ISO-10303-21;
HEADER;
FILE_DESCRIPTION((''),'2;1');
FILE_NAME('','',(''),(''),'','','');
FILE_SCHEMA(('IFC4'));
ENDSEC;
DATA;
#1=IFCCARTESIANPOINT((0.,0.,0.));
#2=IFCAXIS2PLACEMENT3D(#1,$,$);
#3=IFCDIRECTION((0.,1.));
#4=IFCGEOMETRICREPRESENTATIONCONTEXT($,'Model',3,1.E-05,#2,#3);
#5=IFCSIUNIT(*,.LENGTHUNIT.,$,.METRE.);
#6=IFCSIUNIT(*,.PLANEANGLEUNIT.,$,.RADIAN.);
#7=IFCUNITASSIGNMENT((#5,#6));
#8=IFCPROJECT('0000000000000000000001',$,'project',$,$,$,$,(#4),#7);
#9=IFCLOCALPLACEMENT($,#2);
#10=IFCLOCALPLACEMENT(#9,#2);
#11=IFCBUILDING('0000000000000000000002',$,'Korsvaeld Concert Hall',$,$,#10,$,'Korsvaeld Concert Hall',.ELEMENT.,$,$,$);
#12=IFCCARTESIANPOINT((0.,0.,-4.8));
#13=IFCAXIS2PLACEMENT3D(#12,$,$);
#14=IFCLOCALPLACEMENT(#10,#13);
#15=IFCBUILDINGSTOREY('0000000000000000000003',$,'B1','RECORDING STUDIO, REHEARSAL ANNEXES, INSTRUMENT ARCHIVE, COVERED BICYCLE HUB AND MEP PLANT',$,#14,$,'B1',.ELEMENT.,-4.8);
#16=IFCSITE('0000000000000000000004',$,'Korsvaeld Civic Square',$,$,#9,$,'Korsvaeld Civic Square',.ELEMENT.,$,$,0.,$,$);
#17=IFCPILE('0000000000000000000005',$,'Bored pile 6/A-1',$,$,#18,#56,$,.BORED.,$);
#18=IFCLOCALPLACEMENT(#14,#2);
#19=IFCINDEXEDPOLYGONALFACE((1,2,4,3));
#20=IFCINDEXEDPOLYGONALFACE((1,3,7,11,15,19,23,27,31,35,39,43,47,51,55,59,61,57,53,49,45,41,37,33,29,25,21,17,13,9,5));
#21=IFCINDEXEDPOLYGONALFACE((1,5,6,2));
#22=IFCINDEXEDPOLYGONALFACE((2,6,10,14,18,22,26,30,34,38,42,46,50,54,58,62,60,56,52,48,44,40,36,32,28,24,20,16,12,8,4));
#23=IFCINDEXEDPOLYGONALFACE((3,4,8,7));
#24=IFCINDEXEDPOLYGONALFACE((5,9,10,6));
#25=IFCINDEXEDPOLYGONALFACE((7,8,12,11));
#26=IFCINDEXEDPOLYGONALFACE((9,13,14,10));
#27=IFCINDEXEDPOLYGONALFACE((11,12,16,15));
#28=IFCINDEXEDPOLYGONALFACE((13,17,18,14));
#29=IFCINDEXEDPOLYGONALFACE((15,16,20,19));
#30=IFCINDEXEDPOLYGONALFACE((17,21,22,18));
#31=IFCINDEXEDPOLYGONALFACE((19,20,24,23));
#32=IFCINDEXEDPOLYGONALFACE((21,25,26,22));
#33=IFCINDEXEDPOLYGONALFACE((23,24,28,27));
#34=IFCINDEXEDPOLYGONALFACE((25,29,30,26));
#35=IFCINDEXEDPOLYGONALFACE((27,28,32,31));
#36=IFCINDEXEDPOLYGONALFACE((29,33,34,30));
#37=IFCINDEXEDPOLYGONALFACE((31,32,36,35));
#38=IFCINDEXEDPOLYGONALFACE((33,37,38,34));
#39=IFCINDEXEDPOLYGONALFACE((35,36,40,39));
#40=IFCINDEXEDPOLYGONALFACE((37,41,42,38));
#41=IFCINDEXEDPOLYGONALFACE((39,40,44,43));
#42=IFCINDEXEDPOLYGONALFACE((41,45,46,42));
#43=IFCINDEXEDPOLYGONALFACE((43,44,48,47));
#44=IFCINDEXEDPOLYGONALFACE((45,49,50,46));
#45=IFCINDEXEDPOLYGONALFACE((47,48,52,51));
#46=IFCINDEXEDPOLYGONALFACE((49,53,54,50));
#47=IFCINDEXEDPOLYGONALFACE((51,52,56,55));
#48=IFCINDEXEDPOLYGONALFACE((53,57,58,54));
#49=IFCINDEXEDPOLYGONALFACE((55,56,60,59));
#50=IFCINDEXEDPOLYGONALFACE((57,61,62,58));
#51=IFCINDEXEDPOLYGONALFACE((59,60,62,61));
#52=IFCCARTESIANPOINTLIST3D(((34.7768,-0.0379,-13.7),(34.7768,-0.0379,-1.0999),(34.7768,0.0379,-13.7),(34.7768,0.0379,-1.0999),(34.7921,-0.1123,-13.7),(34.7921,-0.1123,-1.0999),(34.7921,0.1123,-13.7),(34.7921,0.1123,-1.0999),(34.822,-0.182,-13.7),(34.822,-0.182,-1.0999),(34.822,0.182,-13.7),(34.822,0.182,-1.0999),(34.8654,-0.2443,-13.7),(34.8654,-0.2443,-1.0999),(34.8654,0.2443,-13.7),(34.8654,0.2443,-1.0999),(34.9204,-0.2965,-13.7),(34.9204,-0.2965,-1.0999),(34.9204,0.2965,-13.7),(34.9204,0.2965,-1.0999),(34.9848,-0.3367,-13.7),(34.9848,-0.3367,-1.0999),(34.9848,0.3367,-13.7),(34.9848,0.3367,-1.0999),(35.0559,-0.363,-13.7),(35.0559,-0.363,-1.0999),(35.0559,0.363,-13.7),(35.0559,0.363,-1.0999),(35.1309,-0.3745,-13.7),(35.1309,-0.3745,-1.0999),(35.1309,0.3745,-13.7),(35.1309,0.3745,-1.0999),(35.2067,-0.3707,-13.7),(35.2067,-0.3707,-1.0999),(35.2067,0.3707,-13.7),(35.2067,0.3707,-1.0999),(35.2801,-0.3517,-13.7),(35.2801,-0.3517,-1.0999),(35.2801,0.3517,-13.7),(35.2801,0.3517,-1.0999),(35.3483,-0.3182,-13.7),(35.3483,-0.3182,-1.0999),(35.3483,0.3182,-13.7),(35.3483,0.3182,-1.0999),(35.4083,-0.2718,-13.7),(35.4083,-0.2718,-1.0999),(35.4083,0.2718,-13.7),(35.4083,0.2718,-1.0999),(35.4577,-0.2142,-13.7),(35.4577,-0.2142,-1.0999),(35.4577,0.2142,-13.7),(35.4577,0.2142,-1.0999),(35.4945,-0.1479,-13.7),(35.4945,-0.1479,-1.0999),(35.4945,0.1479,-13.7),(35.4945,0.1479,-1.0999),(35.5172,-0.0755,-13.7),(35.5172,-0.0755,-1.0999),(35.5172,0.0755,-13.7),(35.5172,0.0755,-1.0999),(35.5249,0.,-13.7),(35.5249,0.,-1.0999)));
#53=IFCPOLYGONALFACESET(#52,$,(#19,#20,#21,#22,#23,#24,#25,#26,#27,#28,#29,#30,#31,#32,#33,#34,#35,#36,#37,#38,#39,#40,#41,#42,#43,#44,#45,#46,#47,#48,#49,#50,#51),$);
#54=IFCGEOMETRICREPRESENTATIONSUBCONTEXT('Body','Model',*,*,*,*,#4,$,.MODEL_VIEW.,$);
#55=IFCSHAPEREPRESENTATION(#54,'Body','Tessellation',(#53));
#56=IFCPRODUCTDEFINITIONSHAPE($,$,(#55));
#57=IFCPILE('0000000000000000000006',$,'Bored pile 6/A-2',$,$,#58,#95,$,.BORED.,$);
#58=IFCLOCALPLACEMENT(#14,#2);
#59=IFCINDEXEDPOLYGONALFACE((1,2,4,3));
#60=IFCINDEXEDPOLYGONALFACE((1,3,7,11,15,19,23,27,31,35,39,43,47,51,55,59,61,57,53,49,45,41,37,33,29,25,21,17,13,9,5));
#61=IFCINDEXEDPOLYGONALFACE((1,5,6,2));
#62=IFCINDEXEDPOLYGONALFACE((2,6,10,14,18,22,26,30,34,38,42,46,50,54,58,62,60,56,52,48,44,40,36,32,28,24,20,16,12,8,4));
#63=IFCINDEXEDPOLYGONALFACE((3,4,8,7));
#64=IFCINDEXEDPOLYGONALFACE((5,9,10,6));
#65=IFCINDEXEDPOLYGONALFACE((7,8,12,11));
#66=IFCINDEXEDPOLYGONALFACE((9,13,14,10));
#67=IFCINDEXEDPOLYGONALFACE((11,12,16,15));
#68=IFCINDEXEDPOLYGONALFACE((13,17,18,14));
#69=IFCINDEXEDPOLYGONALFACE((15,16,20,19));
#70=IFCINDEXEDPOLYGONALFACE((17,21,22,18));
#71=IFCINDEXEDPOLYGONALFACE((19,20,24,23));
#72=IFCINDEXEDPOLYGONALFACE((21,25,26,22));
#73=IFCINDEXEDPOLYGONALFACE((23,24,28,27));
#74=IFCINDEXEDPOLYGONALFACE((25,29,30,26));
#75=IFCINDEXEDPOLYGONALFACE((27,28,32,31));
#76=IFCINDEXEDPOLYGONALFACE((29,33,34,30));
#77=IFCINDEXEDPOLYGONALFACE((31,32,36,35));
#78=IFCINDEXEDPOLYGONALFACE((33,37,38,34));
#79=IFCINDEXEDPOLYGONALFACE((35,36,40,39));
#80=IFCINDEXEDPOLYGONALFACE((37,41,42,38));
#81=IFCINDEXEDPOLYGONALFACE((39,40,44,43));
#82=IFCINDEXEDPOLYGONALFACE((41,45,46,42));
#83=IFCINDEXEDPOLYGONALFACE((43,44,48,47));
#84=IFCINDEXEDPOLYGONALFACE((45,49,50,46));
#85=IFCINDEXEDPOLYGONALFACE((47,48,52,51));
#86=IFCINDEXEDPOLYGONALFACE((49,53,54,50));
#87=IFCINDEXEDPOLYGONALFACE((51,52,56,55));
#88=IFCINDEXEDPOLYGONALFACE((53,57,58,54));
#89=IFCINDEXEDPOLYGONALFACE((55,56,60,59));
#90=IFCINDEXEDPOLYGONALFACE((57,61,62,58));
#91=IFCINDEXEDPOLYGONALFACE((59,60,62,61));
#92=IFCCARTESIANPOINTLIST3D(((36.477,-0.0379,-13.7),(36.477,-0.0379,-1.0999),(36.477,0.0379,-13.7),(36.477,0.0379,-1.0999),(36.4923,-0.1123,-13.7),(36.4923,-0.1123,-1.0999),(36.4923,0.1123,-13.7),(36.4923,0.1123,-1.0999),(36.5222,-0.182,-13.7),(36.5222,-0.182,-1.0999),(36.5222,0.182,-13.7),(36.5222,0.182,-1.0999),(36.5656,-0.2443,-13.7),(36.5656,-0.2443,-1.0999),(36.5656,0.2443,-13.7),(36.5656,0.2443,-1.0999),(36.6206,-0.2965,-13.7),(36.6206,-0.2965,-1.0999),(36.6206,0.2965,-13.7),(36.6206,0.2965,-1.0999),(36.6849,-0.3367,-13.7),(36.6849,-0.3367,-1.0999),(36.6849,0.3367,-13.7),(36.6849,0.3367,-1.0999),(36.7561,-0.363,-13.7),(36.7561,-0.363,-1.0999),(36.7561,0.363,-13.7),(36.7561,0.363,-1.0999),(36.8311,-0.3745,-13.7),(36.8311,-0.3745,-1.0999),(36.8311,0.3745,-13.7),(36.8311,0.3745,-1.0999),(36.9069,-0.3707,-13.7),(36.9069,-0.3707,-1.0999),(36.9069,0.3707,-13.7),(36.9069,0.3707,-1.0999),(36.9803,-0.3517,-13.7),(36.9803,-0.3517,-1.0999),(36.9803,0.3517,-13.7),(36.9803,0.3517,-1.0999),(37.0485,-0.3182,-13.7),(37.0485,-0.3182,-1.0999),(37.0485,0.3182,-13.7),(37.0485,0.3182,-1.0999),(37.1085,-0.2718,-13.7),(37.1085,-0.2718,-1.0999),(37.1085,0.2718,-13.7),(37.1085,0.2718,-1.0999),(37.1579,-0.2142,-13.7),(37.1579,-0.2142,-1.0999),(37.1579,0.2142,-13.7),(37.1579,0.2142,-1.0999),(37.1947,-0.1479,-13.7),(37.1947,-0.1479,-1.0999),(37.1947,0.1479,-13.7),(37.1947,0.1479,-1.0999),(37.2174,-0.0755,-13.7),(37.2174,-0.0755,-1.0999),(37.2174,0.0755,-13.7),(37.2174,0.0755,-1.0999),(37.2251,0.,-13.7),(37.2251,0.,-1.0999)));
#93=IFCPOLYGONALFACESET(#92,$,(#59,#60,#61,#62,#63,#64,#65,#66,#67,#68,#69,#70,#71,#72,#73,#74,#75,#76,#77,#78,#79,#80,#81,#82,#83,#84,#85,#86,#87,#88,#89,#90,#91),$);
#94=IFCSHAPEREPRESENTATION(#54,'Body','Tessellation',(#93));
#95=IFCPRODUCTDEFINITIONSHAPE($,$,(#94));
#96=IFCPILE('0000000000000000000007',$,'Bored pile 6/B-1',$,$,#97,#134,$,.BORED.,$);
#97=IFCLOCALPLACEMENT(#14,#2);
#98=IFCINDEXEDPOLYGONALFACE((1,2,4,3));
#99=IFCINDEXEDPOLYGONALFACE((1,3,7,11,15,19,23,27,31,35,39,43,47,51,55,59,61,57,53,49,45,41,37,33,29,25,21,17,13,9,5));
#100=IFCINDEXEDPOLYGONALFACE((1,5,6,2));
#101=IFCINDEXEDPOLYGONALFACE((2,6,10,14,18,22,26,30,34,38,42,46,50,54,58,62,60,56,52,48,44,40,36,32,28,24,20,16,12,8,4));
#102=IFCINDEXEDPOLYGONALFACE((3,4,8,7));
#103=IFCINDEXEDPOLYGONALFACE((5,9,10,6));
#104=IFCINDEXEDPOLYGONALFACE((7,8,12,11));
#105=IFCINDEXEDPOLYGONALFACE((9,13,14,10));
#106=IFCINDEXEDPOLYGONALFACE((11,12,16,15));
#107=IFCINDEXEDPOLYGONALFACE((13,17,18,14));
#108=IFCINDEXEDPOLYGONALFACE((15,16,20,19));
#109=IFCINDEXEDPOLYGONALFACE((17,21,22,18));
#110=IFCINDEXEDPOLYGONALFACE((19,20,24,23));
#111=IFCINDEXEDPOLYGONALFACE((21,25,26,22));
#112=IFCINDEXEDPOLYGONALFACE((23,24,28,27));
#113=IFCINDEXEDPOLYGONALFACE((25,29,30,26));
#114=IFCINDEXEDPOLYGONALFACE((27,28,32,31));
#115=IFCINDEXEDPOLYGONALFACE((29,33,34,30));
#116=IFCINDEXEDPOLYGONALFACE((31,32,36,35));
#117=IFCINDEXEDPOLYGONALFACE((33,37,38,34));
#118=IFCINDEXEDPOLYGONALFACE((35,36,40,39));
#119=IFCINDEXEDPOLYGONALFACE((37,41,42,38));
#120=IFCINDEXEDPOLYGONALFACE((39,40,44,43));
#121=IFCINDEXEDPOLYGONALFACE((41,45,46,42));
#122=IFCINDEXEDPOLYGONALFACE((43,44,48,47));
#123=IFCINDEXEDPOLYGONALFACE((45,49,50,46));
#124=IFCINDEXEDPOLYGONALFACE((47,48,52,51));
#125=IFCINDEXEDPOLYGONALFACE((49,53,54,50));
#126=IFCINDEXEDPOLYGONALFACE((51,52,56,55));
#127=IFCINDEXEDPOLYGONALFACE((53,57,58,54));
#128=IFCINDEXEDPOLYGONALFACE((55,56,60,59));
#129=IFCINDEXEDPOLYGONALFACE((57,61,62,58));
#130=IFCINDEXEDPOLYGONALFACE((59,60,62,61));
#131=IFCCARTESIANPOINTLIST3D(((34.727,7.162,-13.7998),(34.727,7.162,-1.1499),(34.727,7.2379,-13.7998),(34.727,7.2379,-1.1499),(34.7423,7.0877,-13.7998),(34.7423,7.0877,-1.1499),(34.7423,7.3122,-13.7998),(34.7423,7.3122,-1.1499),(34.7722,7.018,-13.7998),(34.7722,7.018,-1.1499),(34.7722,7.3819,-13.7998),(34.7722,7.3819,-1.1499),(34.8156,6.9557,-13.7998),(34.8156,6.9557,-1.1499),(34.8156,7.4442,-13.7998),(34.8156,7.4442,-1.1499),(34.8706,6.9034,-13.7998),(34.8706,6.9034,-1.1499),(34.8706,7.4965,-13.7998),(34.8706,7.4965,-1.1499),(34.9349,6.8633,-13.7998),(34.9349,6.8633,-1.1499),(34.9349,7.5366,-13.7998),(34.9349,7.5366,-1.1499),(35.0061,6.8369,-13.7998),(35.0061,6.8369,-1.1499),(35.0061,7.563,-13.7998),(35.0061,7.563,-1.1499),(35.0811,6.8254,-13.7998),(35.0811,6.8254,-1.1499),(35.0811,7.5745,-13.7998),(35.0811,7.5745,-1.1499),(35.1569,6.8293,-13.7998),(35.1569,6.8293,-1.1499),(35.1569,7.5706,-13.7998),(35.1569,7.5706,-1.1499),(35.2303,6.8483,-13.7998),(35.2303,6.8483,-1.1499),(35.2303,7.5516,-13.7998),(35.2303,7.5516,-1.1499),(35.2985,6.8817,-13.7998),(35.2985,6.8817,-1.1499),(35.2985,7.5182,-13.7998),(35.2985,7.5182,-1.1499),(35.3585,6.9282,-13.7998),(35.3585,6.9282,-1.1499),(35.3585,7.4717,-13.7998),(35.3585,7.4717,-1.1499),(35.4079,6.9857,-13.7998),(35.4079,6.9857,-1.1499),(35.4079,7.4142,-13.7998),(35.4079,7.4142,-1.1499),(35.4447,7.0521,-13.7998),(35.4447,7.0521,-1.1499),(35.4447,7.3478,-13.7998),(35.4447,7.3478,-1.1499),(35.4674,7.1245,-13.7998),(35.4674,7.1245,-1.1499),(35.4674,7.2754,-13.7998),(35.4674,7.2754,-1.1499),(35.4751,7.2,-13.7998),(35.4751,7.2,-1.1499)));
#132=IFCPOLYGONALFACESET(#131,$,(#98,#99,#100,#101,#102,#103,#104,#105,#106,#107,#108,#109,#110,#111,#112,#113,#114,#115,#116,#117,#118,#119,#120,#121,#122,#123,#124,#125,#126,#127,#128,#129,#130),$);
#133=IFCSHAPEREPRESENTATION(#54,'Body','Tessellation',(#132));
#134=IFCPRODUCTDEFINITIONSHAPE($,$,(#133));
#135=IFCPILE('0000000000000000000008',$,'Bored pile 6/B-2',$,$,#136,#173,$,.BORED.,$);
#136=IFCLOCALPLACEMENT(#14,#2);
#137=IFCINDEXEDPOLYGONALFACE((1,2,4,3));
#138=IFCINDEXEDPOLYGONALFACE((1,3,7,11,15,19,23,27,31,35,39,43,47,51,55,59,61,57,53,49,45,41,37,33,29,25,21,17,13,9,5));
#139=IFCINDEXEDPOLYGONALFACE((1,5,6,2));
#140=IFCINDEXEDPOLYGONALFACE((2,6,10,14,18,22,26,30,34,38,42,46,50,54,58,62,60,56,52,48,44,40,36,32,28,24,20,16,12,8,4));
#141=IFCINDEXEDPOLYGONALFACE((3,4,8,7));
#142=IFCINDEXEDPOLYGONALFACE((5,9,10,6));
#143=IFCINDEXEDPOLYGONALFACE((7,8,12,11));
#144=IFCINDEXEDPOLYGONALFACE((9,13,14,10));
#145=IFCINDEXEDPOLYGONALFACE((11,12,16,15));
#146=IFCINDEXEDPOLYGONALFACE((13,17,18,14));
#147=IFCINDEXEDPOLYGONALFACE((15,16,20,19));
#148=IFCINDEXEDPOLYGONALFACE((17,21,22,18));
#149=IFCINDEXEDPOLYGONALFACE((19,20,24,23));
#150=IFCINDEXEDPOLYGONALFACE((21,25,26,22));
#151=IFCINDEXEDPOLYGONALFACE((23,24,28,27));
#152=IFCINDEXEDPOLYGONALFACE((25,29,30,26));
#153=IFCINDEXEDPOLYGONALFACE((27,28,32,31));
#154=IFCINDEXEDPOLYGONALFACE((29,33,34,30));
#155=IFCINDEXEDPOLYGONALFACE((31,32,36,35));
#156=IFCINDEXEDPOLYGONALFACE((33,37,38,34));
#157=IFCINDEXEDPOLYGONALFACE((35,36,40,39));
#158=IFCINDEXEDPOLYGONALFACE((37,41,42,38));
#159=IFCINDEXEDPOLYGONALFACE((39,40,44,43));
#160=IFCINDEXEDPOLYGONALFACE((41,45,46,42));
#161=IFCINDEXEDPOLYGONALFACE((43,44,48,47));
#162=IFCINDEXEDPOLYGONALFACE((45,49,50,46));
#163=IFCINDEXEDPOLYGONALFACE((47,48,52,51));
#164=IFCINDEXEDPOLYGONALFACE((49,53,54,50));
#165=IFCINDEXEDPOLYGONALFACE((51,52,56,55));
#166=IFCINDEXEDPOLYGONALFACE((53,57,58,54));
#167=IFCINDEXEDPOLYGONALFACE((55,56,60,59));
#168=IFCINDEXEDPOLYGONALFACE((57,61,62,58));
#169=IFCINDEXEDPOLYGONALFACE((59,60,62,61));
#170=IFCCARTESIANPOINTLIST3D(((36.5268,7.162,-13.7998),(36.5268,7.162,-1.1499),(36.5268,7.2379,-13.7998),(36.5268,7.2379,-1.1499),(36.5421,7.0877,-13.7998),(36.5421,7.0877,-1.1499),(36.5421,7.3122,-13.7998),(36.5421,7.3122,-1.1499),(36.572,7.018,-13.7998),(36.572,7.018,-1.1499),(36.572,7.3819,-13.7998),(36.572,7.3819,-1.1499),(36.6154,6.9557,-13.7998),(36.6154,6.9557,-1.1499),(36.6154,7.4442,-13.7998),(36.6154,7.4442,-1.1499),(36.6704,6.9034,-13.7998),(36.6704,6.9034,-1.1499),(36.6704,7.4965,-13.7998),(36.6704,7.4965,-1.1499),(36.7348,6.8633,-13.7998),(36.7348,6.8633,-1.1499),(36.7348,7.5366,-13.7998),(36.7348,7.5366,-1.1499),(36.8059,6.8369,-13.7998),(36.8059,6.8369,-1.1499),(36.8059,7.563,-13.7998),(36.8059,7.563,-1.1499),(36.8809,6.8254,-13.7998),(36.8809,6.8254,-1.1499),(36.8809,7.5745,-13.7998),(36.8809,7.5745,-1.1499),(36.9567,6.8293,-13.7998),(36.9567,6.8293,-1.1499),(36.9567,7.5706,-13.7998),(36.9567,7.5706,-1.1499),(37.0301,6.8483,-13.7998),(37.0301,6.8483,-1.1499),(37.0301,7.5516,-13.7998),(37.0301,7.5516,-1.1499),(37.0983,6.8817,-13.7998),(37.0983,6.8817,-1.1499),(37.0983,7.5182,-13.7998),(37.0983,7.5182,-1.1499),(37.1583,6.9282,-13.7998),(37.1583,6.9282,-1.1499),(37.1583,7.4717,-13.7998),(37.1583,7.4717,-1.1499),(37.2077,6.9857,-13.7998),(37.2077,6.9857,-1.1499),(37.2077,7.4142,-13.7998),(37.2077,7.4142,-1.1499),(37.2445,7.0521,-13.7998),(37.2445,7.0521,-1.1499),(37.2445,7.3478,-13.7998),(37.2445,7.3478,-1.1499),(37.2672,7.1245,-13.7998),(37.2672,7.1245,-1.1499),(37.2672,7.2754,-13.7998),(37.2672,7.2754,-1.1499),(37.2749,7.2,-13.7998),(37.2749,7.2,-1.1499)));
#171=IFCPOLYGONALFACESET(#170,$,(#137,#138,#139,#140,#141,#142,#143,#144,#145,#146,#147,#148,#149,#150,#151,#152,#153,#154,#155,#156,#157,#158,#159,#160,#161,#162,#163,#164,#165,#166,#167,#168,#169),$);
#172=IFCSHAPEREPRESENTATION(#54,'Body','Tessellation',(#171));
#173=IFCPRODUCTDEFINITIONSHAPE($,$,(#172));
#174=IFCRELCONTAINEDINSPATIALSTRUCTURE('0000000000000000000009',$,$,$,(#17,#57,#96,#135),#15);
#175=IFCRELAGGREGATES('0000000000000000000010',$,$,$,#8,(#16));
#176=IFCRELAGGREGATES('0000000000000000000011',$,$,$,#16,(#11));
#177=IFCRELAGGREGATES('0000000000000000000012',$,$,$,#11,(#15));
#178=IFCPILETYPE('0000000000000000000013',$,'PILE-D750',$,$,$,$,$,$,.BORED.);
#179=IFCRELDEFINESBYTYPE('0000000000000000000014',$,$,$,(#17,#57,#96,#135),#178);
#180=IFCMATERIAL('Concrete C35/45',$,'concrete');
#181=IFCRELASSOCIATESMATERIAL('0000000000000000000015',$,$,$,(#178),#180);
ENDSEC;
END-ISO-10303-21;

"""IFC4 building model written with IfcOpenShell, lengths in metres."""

from ifc_helpers import new_model, si_unit, direction, frame, origin, origin_2d, place, context, subcontext, project, spatial, circle, extrude, material, material_profile, profile_set, type_object, element, save


model = new_model("IFC4")

# Units and contexts
model_context = context("Model", 3, precision=1e-05, world=origin(), true_north=direction((0.0, 1.0)))
body_context = subcontext(model_context, "Body", "Model", "MODEL_VIEW")
ifc_project = project(units=[si_unit("LENGTHUNIT", "METRE"), si_unit("PLANEANGLEUNIT", "RADIAN")], contexts=[model_context])

# Site, building, storey
site_placement = place(None, origin())
site = spatial("IfcSite", under=ifc_project, at=site_placement, Name="Korsvaeld Civic Square", LongName="Korsvaeld Civic Square", CompositionType="ELEMENT", RefElevation=0.0)
building_placement = place(site_placement, origin())
building = spatial("IfcBuilding", under=site, at=building_placement, Name="Korsvaeld Concert Hall", LongName="Korsvaeld Concert Hall", CompositionType="ELEMENT")
storey_placement = place(building_placement, frame((0.0, 0.0, -4.8)))
storey = spatial("IfcBuildingStorey", under=building, at=storey_placement, Name="B1", Description="RECORDING STUDIO, REHEARSAL ANNEXES, INSTRUMENT ARCHIVE, COVERED BICYCLE HUB AND MEP PLANT", LongName="B1", CompositionType="ELEMENT", Elevation=-4.8)

# Shared definitions
ifc_material_1 = material(Name="Concrete C35/45", Category="concrete")

# Piles
ifc_material_profile_1 = material_profile(ifc_material_1, circle(Radius=0.375, at=origin_2d()), Name="BORED PILE D750")
ifc_profile_set_1 = profile_set([ifc_material_profile_1], Name="Concrete C35/45")
pile_type_1 = type_object("IfcPileType", Name="PILE-D750", PredefinedType="BORED", material=ifc_profile_set_1)
for number, where, z_axis, x_axis, name in (
    (1, (35.1499, 0.0, -1.0999), (0.0, 0.0, -1.0), (1.0, 0.0, 0.0), "Bored pile 6/A-1"),
    (2, (36.8501, 0.0, -1.0999), (0.0, 0.0, -1.0), (1.0, 0.0, 0.0), "Bored pile 6/A-2"),
):
    element("IfcPile", number, at=place(storey_placement, frame(where, z_axis=z_axis, x_axis=x_axis)), inside=storey, type_object=pile_type_1, Name=name, PredefinedType="BORED", context=body_context, shape_type="SweptSolid", body=[
        extrude(circle(Radius=0.375, at=origin_2d()), origin(), (0.0, 0.0, 1.0), 12.6001),
    ])
for number, where, z_axis, x_axis, name in (
    (3, (35.1001, 7.2, -1.1499), (0.0, 0.0, -1.0), (1.0, 0.0, 0.0), "Bored pile 6/B-1"),
    (4, (36.8999, 7.2, -1.1499), (0.0, 0.0, -1.0), (1.0, 0.0, 0.0), "Bored pile 6/B-2"),
):
    element("IfcPile", number, at=place(storey_placement, frame(where, z_axis=z_axis, x_axis=x_axis)), inside=storey, type_object=pile_type_1, Name=name, PredefinedType="BORED", context=body_context, shape_type="SweptSolid", body=[
        extrude(circle(Radius=0.375, at=origin_2d()), origin(), (0.0, 0.0, 1.0), 12.6499),
    ])

save(model, "model.ifc")
